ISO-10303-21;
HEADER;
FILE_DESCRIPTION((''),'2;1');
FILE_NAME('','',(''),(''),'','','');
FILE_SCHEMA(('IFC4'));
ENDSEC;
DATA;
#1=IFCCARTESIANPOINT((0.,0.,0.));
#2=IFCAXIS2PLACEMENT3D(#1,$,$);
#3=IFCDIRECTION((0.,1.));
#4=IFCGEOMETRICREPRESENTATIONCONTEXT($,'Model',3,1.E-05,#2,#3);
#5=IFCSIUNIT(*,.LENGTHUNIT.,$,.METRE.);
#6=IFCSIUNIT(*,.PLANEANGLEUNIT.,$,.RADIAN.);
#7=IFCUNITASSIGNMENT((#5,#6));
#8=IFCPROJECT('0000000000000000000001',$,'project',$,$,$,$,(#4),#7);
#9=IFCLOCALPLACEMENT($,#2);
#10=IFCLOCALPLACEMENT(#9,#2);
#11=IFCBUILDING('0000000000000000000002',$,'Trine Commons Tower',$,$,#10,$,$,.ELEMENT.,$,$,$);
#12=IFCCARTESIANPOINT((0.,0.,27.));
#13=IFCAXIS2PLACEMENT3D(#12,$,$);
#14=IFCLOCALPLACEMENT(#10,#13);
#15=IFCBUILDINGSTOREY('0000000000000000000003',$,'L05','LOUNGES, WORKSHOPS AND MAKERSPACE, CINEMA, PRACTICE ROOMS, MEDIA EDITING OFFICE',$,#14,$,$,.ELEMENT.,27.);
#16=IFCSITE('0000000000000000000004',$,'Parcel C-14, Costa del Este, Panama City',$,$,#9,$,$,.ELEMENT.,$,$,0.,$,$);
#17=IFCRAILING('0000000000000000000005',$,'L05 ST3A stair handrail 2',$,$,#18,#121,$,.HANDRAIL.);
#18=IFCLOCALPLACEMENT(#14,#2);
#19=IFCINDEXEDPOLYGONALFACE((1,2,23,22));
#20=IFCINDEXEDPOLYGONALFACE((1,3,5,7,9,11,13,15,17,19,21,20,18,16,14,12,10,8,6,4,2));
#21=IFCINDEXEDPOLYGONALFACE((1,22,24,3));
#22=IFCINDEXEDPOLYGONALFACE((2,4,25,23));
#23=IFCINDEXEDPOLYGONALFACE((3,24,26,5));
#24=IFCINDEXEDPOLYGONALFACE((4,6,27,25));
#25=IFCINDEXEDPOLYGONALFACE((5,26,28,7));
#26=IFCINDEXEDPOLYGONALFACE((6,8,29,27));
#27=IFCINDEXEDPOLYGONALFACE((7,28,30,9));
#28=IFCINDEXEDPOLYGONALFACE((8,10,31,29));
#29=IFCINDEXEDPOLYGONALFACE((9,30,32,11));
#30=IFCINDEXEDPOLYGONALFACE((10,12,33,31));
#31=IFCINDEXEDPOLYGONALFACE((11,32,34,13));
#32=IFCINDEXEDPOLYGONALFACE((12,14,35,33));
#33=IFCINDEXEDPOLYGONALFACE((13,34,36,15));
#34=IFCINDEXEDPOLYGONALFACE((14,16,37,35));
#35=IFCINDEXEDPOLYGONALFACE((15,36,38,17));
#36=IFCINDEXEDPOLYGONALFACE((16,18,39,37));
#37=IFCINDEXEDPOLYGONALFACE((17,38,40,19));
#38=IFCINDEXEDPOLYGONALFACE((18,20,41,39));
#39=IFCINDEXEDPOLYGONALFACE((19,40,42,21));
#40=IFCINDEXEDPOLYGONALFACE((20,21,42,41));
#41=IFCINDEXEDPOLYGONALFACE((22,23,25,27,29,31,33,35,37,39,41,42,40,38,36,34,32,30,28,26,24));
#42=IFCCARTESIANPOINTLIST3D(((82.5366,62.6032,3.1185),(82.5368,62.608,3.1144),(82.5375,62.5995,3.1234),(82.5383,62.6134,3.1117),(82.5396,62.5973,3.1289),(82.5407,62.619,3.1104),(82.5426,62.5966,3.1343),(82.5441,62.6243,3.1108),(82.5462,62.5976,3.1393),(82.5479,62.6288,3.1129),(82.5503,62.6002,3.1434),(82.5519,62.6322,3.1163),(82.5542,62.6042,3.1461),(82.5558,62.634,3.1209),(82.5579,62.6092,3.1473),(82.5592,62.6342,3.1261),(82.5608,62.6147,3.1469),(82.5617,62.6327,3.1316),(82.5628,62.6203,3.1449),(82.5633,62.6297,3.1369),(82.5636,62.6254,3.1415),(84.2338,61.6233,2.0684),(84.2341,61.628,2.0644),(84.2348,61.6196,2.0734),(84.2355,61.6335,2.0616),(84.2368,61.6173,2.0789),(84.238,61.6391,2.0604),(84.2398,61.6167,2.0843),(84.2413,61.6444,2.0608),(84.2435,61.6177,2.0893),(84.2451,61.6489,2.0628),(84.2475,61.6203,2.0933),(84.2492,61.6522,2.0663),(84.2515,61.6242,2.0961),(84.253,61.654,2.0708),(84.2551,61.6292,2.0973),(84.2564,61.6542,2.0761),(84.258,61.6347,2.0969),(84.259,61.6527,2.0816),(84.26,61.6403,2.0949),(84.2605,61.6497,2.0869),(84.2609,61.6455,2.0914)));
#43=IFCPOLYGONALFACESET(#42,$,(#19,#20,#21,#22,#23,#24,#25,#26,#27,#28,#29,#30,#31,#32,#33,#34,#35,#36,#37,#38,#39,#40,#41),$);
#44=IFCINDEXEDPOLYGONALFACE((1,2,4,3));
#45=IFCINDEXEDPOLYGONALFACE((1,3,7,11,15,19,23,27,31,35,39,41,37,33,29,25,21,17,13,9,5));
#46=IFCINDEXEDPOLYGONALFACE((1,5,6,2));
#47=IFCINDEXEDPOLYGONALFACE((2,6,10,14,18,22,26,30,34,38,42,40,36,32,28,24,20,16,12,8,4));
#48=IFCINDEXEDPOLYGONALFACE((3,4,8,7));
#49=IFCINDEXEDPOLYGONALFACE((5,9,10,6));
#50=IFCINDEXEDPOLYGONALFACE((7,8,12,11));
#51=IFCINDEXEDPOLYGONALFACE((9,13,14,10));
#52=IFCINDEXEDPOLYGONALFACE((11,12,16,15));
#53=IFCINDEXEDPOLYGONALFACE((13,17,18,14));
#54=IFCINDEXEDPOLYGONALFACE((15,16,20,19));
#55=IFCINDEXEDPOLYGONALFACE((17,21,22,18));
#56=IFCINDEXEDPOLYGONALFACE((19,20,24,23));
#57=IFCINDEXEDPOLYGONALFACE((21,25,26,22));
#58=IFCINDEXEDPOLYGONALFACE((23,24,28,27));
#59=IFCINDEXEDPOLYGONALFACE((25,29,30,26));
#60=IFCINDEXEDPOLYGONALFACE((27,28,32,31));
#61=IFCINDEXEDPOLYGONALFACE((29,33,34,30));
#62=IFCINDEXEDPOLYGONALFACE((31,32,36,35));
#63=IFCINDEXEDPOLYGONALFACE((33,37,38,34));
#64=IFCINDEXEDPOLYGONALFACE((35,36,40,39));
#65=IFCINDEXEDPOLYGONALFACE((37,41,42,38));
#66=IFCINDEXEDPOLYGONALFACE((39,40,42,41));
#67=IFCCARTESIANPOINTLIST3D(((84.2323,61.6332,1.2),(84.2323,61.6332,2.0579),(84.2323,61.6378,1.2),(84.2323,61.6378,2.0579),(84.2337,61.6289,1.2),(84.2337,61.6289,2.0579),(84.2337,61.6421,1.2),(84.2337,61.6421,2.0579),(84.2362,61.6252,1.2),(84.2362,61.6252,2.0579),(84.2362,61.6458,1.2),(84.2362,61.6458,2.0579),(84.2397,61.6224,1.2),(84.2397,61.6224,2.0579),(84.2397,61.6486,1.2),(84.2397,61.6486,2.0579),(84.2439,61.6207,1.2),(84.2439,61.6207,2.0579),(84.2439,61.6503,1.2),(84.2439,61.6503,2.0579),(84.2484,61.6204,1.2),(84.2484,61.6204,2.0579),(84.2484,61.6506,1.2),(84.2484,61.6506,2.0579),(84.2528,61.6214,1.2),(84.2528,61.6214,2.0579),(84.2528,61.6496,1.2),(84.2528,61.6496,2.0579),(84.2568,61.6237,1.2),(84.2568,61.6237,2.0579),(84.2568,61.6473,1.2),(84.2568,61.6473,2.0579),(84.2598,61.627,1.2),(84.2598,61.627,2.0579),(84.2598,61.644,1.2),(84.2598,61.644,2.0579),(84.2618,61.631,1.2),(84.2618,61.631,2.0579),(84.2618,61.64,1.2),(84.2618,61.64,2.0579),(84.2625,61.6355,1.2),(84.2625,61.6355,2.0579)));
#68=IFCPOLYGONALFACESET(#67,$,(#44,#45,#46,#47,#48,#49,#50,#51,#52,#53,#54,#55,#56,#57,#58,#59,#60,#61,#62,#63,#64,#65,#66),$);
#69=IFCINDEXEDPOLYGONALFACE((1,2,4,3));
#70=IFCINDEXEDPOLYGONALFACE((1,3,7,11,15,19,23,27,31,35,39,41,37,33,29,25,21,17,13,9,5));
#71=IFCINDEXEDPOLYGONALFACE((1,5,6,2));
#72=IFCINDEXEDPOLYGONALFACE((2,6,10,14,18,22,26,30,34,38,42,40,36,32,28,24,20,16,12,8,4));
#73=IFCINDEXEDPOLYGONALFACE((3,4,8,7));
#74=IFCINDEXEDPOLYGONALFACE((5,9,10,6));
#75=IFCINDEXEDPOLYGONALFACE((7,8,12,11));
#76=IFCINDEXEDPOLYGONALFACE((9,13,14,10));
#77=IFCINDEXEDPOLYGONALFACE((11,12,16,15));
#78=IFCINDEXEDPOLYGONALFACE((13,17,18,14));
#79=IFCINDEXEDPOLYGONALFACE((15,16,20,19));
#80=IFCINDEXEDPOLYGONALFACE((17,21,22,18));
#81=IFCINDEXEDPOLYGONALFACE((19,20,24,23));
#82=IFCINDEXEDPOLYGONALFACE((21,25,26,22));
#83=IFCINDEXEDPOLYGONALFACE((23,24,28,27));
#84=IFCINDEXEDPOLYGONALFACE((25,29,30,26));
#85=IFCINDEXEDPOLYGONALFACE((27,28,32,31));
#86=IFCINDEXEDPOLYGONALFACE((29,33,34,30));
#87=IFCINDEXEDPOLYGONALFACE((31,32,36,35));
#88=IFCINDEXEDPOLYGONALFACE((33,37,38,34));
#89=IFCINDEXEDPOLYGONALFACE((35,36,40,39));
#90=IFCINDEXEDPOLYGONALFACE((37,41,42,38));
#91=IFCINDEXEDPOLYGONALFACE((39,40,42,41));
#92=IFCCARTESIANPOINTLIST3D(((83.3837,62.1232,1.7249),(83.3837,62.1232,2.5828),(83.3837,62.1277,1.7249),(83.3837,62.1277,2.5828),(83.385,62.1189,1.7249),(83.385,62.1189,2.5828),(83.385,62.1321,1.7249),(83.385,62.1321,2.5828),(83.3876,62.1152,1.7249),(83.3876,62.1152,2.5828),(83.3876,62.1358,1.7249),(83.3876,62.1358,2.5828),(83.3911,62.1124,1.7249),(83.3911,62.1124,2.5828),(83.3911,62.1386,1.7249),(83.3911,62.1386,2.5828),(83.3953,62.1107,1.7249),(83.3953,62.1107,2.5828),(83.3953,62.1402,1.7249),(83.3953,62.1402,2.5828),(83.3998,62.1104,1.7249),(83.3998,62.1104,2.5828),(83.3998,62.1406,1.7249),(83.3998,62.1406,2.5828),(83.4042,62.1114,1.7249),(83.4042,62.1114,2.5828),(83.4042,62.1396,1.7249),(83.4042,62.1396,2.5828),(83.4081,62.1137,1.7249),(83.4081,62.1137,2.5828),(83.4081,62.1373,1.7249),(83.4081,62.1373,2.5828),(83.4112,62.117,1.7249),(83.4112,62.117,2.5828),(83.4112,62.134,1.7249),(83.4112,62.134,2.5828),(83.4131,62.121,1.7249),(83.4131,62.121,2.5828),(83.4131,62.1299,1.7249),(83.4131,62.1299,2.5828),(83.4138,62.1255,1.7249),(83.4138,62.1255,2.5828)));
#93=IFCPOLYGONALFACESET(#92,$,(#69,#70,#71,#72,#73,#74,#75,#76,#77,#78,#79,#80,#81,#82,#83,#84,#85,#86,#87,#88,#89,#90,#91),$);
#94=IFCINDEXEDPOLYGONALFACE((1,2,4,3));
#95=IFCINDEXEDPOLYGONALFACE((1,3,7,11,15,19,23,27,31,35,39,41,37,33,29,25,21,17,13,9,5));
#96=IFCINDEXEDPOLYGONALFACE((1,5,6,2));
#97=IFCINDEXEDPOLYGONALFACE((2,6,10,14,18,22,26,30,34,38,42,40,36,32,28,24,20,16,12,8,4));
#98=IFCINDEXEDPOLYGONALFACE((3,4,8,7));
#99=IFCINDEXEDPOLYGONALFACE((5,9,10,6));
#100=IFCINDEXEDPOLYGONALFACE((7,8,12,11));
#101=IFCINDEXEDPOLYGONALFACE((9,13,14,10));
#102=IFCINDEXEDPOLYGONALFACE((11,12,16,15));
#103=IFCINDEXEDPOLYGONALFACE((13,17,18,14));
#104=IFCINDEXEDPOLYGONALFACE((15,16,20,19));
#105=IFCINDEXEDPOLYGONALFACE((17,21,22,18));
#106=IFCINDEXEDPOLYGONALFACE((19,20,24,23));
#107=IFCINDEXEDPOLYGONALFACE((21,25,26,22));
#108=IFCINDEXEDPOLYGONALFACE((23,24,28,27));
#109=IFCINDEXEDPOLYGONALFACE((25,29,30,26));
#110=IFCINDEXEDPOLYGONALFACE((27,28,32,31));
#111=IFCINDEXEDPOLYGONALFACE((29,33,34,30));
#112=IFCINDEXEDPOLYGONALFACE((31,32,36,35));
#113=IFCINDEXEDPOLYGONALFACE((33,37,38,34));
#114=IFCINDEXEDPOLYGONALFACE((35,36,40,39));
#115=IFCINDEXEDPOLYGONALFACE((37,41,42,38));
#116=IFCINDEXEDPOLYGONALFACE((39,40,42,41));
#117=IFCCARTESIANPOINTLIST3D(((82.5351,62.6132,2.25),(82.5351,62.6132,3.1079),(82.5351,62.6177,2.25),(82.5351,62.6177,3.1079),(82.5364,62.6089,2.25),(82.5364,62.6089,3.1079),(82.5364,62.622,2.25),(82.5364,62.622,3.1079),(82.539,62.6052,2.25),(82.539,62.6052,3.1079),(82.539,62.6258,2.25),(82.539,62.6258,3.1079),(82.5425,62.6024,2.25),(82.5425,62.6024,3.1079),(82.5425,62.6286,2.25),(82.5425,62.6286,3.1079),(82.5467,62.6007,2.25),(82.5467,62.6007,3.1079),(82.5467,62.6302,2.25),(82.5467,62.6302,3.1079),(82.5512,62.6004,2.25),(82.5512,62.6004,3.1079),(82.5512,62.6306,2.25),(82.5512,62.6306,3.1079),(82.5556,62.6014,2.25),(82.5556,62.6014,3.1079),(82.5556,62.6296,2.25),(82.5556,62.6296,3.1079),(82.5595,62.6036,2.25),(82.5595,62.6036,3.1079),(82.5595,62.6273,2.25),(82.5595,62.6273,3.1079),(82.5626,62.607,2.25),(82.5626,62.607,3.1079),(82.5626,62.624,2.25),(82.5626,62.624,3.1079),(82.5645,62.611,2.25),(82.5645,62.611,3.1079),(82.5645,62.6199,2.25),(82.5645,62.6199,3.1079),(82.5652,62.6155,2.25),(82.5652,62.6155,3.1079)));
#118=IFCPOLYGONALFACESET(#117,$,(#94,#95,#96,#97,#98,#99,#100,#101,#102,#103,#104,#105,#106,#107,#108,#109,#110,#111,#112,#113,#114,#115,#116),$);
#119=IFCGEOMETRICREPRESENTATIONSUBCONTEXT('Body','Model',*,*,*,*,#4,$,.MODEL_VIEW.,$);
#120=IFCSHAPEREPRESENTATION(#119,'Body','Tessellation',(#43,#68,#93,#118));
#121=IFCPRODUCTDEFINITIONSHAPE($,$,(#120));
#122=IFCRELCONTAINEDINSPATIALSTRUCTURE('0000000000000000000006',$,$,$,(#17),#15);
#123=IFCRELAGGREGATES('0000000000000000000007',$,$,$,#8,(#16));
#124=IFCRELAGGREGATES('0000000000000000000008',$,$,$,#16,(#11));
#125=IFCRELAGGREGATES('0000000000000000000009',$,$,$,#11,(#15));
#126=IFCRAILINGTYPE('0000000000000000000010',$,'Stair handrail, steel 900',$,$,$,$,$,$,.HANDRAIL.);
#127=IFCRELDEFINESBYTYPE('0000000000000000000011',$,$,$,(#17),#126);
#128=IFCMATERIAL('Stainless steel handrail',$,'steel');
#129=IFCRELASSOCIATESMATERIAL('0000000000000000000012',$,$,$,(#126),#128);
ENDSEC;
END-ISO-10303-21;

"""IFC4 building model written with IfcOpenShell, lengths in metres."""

from ifc_helpers import new_model, si_unit, direction, frame, origin, origin_2d, place, context, subcontext, project, spatial, circle, extrude, material, type_object, element, save


model = new_model("IFC4")

# Units and contexts
model_context = context("Model", 3, precision=1e-05, world=origin(), true_north=direction((0.0, 1.0)))
body_context = subcontext(model_context, "Body", "Model", "MODEL_VIEW")
ifc_project = project(units=[si_unit("LENGTHUNIT", "METRE"), si_unit("PLANEANGLEUNIT", "RADIAN")], contexts=[model_context])

# Site, building, storey
site_placement = place(None, origin())
site = spatial("IfcSite", under=ifc_project, at=site_placement, Name="Parcel C-14, Costa del Este, Panama City", CompositionType="ELEMENT", RefElevation=0.0)
building_placement = place(site_placement, origin())
building = spatial("IfcBuilding", under=site, at=building_placement, Name="Trine Commons Tower", CompositionType="ELEMENT")
storey_placement = place(building_placement, frame((0.0, 0.0, 27.0)))
storey = spatial("IfcBuildingStorey", under=building, at=storey_placement, Name="L05", Description="LOUNGES, WORKSHOPS AND MAKERSPACE, CINEMA, PRACTICE ROOMS, MEDIA EDITING OFFICE", CompositionType="ELEMENT", Elevation=27.0)

# Railing
ifc_material_1 = material(Name="Stainless steel handrail", Category="steel")
railing_type_1 = type_object("IfcRailingType", Name="Stair handrail, steel 900", PredefinedType="HANDRAIL", material=ifc_material_1)
railing_1_placement = place(storey_placement, frame((84.2473, 61.6355, 1.2)))
element("IfcRailing", 1, at=railing_1_placement, inside=storey, type_object=railing_type_1, Name="L05 ST3A stair handrail 2", PredefinedType="HANDRAIL", context=body_context, shape_type="SweptSolid", body=[
    extrude(circle(Radius=0.021, at=origin_2d()), frame((0.0, 0.0, 0.8789), z_axis=(-0.763352, 0.44075, 0.472264), x_axis=(-0.500024, -0.866011, 0.0)), (0.0, 0.0, 1.0), 2.2234),
    extrude(circle(Radius=0.0151, at=origin_2d()), origin(), (0.0, 0.0, 1.0), 0.8579),
    extrude(circle(Radius=0.0151, at=origin_2d()), frame((-0.8486, 0.49, 0.5249)), (0.0, 0.0, 1.0), 0.8579),
    extrude(circle(Radius=0.0151, at=origin_2d()), frame((-1.6973, 0.98, 1.05)), (0.0, 0.0, 1.0), 0.8579),
])

save(model, "model.ifc")
